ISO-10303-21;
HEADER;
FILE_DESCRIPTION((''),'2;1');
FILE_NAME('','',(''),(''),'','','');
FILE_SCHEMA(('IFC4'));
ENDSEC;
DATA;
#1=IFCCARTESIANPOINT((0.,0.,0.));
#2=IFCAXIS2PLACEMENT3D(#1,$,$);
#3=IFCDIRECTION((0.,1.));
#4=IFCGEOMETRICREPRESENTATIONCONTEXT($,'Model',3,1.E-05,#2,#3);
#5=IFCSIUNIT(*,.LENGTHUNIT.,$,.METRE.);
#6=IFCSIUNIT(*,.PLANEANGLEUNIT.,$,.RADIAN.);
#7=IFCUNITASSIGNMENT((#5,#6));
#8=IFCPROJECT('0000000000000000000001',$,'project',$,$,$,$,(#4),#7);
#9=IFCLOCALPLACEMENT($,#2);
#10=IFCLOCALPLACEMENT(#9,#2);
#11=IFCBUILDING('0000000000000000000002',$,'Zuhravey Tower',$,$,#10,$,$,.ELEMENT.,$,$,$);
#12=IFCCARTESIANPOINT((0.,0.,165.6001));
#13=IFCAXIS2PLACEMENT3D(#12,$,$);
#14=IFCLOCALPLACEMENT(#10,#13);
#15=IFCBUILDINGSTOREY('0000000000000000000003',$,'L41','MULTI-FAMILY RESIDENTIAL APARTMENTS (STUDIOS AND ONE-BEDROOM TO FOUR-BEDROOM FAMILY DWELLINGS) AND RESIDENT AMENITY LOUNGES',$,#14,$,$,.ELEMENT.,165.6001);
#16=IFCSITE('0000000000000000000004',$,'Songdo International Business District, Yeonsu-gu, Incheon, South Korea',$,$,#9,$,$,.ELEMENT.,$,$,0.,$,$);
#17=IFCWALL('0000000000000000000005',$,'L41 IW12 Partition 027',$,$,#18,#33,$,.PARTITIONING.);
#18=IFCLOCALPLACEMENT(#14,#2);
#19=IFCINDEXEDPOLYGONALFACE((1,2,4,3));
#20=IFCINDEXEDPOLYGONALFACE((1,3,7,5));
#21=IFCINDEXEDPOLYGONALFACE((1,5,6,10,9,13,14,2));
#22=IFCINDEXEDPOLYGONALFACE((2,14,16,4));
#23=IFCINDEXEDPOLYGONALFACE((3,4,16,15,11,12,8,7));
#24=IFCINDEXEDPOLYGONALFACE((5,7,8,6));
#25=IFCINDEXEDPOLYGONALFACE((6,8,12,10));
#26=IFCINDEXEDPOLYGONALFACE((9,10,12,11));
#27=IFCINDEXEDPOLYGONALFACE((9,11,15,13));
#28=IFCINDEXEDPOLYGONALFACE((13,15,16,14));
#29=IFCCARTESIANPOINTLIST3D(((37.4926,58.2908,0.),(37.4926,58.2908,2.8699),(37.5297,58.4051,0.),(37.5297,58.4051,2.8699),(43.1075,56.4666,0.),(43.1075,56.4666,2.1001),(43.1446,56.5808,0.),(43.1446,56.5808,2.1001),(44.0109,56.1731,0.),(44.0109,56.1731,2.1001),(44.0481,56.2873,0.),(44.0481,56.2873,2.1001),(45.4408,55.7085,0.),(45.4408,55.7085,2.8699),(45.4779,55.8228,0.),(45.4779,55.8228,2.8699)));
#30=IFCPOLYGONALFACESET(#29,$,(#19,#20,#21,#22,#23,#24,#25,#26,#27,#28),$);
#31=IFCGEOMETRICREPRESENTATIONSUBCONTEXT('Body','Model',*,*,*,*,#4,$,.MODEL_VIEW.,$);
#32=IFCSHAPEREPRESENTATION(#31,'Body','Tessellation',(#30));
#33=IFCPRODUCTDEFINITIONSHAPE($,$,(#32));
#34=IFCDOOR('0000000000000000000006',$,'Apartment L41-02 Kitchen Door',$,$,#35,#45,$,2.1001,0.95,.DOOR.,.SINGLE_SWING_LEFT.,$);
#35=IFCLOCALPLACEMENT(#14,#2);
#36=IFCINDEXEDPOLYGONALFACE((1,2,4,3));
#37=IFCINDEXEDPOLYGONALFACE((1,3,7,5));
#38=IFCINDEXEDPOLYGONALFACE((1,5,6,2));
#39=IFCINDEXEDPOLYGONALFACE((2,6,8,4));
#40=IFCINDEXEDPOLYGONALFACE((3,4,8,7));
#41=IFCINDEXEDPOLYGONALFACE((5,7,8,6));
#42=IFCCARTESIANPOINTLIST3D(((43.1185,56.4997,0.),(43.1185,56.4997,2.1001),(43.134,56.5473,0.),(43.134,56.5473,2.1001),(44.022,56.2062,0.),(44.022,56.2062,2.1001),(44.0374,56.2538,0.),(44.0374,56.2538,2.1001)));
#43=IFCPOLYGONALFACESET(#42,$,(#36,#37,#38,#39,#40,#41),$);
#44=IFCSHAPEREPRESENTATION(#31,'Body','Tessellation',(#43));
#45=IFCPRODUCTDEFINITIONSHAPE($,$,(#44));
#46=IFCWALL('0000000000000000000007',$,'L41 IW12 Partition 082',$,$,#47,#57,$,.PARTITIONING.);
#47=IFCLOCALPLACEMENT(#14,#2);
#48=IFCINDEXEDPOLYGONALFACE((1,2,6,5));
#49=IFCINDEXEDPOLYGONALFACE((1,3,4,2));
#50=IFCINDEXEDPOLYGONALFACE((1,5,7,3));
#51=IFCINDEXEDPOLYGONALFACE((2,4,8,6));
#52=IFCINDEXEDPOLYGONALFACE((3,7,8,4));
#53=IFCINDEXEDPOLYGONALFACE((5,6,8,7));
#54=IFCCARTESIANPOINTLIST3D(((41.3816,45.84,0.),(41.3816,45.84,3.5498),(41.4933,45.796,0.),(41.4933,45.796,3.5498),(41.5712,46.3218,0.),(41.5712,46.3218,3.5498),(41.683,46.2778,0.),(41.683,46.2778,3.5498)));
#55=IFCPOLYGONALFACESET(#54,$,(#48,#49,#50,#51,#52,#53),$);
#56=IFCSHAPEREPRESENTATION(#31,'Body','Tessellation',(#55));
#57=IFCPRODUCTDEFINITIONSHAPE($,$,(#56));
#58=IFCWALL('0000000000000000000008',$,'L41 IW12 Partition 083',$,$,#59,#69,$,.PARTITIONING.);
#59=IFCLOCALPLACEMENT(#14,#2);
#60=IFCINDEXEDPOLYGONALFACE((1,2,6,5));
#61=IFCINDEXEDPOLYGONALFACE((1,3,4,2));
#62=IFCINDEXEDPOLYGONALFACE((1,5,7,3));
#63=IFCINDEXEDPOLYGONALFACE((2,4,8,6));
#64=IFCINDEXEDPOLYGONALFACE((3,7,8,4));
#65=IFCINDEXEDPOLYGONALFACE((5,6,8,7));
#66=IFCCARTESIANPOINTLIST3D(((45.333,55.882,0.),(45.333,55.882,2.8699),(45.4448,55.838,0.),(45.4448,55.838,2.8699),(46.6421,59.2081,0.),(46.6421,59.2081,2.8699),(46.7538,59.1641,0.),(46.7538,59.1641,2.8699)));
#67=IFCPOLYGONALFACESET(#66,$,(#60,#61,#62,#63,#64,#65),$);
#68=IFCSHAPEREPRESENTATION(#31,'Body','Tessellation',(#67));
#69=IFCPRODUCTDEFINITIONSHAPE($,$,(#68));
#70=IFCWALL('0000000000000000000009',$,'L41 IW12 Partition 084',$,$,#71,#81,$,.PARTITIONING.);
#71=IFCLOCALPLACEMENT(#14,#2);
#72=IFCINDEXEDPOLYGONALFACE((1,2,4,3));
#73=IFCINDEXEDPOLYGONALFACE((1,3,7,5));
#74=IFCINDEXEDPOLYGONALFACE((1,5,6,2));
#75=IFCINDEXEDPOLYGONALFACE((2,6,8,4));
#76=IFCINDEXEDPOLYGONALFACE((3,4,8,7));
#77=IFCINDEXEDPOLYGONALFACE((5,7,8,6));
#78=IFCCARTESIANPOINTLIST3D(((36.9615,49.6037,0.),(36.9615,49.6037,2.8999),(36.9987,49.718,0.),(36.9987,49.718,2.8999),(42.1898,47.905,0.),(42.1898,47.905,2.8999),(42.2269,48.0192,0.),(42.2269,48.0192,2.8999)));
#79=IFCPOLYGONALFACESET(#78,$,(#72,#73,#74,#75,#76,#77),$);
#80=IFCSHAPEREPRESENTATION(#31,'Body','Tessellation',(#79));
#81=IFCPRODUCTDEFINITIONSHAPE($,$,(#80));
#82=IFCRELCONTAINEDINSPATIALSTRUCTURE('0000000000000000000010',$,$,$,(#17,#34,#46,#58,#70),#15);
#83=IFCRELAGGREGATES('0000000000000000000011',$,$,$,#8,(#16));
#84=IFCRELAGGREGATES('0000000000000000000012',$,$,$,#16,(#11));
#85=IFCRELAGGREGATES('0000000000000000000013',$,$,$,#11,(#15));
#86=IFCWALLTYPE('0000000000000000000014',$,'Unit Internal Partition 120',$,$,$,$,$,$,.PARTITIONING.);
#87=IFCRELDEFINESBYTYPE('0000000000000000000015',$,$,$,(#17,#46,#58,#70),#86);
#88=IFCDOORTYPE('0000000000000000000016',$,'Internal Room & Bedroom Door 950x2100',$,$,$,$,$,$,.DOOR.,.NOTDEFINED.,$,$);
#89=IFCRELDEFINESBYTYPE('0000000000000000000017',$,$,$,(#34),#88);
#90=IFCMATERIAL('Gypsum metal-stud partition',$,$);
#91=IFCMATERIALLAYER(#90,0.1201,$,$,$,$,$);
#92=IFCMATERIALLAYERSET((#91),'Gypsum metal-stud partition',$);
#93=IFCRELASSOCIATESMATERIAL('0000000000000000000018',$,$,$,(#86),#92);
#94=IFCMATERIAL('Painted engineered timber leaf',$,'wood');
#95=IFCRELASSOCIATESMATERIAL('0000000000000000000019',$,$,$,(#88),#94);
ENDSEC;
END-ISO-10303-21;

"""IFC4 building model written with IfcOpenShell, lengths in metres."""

from ifc_helpers import new_model, si_unit, direction, frame, frame_2d, origin, place, context, subcontext, project, spatial, rectangle, extrude, material, layer, layer_set, type_object, element, fill, save


model = new_model("IFC4")

# Units and contexts
model_context = context("Model", 3, precision=1e-05, world=origin(), true_north=direction((0.0, 1.0)))
body_context = subcontext(model_context, "Body", "Model", "MODEL_VIEW")
ifc_project = project(units=[si_unit("LENGTHUNIT", "METRE"), si_unit("PLANEANGLEUNIT", "RADIAN")], contexts=[model_context])

# Site, building, storey
site_placement = place(None, origin())
site = spatial("IfcSite", under=ifc_project, at=site_placement, Name="Songdo International Business District, Yeonsu-gu, Incheon, South Korea", CompositionType="ELEMENT", RefElevation=0.0)
building_placement = place(site_placement, origin())
building = spatial("IfcBuilding", under=site, at=building_placement, Name="Zuhravey Tower", CompositionType="ELEMENT")
storey_placement = place(building_placement, frame((0.0, 0.0, 165.6001)))
storey = spatial("IfcBuildingStorey", under=building, at=storey_placement, Name="L41", Description="MULTI-FAMILY RESIDENTIAL APARTMENTS (STUDIOS AND ONE-BEDROOM TO FOUR-BEDROOM FAMILY DWELLINGS) AND RESIDENT AMENITY LOUNGES", CompositionType="ELEMENT", Elevation=165.6001)

# Wall, opening, door
ifc_material_1 = material(Name="Gypsum metal-stud partition")
ifc_layer_1 = layer(ifc_material_1, 0.1201)
ifc_layer_set_1 = layer_set([ifc_layer_1], Name="Gypsum metal-stud partition")
wall_type_1 = type_object("IfcWallType", Name="Unit Internal Partition 120", PredefinedType="PARTITIONING", material=ifc_layer_set_1)
ifc_material_2 = material(Name="Painted engineered timber leaf", Category="wood")
door_type_1 = type_object("IfcDoorType", Name="Internal Room & Bedroom Door 950x2100", OperationType="NOTDEFINED", PredefinedType="DOOR", material=ifc_material_2)
wall_1_placement = place(storey_placement, frame((45.4595, 55.7656, 0.0), z_axis=(0.0, 0.0, 1.0), x_axis=(-0.951066, 0.308988, 0.0)))
wall_1 = element("IfcWall", 1, at=wall_1_placement, inside=storey, type_object=wall_type_1, Name="L41 IW12 Partition 027", PredefinedType="PARTITIONING", context=body_context, shape_type="SweptSolid", body=[
    extrude(rectangle(XDim=8.3572, YDim=0.1201, at=frame_2d((4.1787, 0.0))), origin(), (0.0, 0.0, 1.0), 2.8699),
])
opening_1_placement = place(wall_1_placement, frame((1.5034, 0.0, 0.0)))
opening_1 = element("IfcOpeningElement", 2, at=opening_1_placement, cuts=wall_1, PredefinedType="OPENING", context=body_context, shape_type="SweptSolid", body=[
    extrude(rectangle(XDim=0.95, YDim=2.1001, at=frame_2d((0.4751, 1.05))), frame((0.0, 0.072, 0.0), z_axis=(0.0, -1.0, 0.0), x_axis=(1.0, 0.0, 0.0)), (0.0, 0.0, 1.0), 0.144),
])
door_1_placement = place(opening_1_placement, frame((0.95, 0.0, 0.0), z_axis=(0.0, 0.0, 1.0), x_axis=(-1.0, 0.0, 0.0)))
door_1 = element("IfcDoor", 3, at=door_1_placement, inside=storey, type_object=door_type_1, Name="Apartment L41-02 Kitchen Door", OperationType="SINGLE_SWING_LEFT", OverallHeight=2.1001, OverallWidth=0.95, PredefinedType="DOOR", context=body_context, shape_type="SweptSolid", body=[
    extrude(rectangle(XDim=0.95, YDim=2.1001, at=frame_2d((0.4751, 1.05))), frame((0.0, 0.0249, 0.0), z_axis=(0.0, -1.0, 0.0), x_axis=(1.0, 0.0, 0.0)), (0.0, 0.0, 1.0), 0.05),
])
fill(opening_1, door_1)

# Walls
wall_2_placement = place(storey_placement, frame((41.4375, 45.8181, 0.0), z_axis=(0.0, 0.0, 1.0), x_axis=(0.366265, 0.930511, 0.0)))
element("IfcWall", 4, at=wall_2_placement, inside=storey, type_object=wall_type_1, Name="L41 IW12 Partition 082", PredefinedType="PARTITIONING", context=body_context, shape_type="SweptSolid", body=[
    extrude(rectangle(XDim=0.5178, YDim=0.1201, at=frame_2d((0.2588, 0.0))), origin(), (0.0, 0.0, 1.0), 3.5498),
])
wall_3_placement = place(storey_placement, frame((45.3889, 55.8601, 0.0), z_axis=(0.0, 0.0, 1.0), x_axis=(0.366227, 0.930526, 0.0)))
element("IfcWall", 5, at=wall_3_placement, inside=storey, type_object=wall_type_1, Name="L41 IW12 Partition 083", PredefinedType="PARTITIONING", context=body_context, shape_type="SweptSolid", body=[
    extrude(rectangle(XDim=3.5745, YDim=0.1201, at=frame_2d((1.7871, 0.0))), origin(), (0.0, 0.0, 1.0), 2.8699),
])
wall_4_placement = place(storey_placement, frame((42.2083, 47.9622, 0.0), z_axis=(0.0, 0.0, 1.0), x_axis=(-0.951059, 0.309011, 0.0)))
element("IfcWall", 6, at=wall_4_placement, inside=storey, type_object=wall_type_1, Name="L41 IW12 Partition 084", PredefinedType="PARTITIONING", context=body_context, shape_type="SweptSolid", body=[
    extrude(rectangle(XDim=5.4973, YDim=0.1201, at=frame_2d((2.7485, 0.0))), origin(), (0.0, 0.0, 1.0), 2.8999),
])

save(model, "model.ifc")
